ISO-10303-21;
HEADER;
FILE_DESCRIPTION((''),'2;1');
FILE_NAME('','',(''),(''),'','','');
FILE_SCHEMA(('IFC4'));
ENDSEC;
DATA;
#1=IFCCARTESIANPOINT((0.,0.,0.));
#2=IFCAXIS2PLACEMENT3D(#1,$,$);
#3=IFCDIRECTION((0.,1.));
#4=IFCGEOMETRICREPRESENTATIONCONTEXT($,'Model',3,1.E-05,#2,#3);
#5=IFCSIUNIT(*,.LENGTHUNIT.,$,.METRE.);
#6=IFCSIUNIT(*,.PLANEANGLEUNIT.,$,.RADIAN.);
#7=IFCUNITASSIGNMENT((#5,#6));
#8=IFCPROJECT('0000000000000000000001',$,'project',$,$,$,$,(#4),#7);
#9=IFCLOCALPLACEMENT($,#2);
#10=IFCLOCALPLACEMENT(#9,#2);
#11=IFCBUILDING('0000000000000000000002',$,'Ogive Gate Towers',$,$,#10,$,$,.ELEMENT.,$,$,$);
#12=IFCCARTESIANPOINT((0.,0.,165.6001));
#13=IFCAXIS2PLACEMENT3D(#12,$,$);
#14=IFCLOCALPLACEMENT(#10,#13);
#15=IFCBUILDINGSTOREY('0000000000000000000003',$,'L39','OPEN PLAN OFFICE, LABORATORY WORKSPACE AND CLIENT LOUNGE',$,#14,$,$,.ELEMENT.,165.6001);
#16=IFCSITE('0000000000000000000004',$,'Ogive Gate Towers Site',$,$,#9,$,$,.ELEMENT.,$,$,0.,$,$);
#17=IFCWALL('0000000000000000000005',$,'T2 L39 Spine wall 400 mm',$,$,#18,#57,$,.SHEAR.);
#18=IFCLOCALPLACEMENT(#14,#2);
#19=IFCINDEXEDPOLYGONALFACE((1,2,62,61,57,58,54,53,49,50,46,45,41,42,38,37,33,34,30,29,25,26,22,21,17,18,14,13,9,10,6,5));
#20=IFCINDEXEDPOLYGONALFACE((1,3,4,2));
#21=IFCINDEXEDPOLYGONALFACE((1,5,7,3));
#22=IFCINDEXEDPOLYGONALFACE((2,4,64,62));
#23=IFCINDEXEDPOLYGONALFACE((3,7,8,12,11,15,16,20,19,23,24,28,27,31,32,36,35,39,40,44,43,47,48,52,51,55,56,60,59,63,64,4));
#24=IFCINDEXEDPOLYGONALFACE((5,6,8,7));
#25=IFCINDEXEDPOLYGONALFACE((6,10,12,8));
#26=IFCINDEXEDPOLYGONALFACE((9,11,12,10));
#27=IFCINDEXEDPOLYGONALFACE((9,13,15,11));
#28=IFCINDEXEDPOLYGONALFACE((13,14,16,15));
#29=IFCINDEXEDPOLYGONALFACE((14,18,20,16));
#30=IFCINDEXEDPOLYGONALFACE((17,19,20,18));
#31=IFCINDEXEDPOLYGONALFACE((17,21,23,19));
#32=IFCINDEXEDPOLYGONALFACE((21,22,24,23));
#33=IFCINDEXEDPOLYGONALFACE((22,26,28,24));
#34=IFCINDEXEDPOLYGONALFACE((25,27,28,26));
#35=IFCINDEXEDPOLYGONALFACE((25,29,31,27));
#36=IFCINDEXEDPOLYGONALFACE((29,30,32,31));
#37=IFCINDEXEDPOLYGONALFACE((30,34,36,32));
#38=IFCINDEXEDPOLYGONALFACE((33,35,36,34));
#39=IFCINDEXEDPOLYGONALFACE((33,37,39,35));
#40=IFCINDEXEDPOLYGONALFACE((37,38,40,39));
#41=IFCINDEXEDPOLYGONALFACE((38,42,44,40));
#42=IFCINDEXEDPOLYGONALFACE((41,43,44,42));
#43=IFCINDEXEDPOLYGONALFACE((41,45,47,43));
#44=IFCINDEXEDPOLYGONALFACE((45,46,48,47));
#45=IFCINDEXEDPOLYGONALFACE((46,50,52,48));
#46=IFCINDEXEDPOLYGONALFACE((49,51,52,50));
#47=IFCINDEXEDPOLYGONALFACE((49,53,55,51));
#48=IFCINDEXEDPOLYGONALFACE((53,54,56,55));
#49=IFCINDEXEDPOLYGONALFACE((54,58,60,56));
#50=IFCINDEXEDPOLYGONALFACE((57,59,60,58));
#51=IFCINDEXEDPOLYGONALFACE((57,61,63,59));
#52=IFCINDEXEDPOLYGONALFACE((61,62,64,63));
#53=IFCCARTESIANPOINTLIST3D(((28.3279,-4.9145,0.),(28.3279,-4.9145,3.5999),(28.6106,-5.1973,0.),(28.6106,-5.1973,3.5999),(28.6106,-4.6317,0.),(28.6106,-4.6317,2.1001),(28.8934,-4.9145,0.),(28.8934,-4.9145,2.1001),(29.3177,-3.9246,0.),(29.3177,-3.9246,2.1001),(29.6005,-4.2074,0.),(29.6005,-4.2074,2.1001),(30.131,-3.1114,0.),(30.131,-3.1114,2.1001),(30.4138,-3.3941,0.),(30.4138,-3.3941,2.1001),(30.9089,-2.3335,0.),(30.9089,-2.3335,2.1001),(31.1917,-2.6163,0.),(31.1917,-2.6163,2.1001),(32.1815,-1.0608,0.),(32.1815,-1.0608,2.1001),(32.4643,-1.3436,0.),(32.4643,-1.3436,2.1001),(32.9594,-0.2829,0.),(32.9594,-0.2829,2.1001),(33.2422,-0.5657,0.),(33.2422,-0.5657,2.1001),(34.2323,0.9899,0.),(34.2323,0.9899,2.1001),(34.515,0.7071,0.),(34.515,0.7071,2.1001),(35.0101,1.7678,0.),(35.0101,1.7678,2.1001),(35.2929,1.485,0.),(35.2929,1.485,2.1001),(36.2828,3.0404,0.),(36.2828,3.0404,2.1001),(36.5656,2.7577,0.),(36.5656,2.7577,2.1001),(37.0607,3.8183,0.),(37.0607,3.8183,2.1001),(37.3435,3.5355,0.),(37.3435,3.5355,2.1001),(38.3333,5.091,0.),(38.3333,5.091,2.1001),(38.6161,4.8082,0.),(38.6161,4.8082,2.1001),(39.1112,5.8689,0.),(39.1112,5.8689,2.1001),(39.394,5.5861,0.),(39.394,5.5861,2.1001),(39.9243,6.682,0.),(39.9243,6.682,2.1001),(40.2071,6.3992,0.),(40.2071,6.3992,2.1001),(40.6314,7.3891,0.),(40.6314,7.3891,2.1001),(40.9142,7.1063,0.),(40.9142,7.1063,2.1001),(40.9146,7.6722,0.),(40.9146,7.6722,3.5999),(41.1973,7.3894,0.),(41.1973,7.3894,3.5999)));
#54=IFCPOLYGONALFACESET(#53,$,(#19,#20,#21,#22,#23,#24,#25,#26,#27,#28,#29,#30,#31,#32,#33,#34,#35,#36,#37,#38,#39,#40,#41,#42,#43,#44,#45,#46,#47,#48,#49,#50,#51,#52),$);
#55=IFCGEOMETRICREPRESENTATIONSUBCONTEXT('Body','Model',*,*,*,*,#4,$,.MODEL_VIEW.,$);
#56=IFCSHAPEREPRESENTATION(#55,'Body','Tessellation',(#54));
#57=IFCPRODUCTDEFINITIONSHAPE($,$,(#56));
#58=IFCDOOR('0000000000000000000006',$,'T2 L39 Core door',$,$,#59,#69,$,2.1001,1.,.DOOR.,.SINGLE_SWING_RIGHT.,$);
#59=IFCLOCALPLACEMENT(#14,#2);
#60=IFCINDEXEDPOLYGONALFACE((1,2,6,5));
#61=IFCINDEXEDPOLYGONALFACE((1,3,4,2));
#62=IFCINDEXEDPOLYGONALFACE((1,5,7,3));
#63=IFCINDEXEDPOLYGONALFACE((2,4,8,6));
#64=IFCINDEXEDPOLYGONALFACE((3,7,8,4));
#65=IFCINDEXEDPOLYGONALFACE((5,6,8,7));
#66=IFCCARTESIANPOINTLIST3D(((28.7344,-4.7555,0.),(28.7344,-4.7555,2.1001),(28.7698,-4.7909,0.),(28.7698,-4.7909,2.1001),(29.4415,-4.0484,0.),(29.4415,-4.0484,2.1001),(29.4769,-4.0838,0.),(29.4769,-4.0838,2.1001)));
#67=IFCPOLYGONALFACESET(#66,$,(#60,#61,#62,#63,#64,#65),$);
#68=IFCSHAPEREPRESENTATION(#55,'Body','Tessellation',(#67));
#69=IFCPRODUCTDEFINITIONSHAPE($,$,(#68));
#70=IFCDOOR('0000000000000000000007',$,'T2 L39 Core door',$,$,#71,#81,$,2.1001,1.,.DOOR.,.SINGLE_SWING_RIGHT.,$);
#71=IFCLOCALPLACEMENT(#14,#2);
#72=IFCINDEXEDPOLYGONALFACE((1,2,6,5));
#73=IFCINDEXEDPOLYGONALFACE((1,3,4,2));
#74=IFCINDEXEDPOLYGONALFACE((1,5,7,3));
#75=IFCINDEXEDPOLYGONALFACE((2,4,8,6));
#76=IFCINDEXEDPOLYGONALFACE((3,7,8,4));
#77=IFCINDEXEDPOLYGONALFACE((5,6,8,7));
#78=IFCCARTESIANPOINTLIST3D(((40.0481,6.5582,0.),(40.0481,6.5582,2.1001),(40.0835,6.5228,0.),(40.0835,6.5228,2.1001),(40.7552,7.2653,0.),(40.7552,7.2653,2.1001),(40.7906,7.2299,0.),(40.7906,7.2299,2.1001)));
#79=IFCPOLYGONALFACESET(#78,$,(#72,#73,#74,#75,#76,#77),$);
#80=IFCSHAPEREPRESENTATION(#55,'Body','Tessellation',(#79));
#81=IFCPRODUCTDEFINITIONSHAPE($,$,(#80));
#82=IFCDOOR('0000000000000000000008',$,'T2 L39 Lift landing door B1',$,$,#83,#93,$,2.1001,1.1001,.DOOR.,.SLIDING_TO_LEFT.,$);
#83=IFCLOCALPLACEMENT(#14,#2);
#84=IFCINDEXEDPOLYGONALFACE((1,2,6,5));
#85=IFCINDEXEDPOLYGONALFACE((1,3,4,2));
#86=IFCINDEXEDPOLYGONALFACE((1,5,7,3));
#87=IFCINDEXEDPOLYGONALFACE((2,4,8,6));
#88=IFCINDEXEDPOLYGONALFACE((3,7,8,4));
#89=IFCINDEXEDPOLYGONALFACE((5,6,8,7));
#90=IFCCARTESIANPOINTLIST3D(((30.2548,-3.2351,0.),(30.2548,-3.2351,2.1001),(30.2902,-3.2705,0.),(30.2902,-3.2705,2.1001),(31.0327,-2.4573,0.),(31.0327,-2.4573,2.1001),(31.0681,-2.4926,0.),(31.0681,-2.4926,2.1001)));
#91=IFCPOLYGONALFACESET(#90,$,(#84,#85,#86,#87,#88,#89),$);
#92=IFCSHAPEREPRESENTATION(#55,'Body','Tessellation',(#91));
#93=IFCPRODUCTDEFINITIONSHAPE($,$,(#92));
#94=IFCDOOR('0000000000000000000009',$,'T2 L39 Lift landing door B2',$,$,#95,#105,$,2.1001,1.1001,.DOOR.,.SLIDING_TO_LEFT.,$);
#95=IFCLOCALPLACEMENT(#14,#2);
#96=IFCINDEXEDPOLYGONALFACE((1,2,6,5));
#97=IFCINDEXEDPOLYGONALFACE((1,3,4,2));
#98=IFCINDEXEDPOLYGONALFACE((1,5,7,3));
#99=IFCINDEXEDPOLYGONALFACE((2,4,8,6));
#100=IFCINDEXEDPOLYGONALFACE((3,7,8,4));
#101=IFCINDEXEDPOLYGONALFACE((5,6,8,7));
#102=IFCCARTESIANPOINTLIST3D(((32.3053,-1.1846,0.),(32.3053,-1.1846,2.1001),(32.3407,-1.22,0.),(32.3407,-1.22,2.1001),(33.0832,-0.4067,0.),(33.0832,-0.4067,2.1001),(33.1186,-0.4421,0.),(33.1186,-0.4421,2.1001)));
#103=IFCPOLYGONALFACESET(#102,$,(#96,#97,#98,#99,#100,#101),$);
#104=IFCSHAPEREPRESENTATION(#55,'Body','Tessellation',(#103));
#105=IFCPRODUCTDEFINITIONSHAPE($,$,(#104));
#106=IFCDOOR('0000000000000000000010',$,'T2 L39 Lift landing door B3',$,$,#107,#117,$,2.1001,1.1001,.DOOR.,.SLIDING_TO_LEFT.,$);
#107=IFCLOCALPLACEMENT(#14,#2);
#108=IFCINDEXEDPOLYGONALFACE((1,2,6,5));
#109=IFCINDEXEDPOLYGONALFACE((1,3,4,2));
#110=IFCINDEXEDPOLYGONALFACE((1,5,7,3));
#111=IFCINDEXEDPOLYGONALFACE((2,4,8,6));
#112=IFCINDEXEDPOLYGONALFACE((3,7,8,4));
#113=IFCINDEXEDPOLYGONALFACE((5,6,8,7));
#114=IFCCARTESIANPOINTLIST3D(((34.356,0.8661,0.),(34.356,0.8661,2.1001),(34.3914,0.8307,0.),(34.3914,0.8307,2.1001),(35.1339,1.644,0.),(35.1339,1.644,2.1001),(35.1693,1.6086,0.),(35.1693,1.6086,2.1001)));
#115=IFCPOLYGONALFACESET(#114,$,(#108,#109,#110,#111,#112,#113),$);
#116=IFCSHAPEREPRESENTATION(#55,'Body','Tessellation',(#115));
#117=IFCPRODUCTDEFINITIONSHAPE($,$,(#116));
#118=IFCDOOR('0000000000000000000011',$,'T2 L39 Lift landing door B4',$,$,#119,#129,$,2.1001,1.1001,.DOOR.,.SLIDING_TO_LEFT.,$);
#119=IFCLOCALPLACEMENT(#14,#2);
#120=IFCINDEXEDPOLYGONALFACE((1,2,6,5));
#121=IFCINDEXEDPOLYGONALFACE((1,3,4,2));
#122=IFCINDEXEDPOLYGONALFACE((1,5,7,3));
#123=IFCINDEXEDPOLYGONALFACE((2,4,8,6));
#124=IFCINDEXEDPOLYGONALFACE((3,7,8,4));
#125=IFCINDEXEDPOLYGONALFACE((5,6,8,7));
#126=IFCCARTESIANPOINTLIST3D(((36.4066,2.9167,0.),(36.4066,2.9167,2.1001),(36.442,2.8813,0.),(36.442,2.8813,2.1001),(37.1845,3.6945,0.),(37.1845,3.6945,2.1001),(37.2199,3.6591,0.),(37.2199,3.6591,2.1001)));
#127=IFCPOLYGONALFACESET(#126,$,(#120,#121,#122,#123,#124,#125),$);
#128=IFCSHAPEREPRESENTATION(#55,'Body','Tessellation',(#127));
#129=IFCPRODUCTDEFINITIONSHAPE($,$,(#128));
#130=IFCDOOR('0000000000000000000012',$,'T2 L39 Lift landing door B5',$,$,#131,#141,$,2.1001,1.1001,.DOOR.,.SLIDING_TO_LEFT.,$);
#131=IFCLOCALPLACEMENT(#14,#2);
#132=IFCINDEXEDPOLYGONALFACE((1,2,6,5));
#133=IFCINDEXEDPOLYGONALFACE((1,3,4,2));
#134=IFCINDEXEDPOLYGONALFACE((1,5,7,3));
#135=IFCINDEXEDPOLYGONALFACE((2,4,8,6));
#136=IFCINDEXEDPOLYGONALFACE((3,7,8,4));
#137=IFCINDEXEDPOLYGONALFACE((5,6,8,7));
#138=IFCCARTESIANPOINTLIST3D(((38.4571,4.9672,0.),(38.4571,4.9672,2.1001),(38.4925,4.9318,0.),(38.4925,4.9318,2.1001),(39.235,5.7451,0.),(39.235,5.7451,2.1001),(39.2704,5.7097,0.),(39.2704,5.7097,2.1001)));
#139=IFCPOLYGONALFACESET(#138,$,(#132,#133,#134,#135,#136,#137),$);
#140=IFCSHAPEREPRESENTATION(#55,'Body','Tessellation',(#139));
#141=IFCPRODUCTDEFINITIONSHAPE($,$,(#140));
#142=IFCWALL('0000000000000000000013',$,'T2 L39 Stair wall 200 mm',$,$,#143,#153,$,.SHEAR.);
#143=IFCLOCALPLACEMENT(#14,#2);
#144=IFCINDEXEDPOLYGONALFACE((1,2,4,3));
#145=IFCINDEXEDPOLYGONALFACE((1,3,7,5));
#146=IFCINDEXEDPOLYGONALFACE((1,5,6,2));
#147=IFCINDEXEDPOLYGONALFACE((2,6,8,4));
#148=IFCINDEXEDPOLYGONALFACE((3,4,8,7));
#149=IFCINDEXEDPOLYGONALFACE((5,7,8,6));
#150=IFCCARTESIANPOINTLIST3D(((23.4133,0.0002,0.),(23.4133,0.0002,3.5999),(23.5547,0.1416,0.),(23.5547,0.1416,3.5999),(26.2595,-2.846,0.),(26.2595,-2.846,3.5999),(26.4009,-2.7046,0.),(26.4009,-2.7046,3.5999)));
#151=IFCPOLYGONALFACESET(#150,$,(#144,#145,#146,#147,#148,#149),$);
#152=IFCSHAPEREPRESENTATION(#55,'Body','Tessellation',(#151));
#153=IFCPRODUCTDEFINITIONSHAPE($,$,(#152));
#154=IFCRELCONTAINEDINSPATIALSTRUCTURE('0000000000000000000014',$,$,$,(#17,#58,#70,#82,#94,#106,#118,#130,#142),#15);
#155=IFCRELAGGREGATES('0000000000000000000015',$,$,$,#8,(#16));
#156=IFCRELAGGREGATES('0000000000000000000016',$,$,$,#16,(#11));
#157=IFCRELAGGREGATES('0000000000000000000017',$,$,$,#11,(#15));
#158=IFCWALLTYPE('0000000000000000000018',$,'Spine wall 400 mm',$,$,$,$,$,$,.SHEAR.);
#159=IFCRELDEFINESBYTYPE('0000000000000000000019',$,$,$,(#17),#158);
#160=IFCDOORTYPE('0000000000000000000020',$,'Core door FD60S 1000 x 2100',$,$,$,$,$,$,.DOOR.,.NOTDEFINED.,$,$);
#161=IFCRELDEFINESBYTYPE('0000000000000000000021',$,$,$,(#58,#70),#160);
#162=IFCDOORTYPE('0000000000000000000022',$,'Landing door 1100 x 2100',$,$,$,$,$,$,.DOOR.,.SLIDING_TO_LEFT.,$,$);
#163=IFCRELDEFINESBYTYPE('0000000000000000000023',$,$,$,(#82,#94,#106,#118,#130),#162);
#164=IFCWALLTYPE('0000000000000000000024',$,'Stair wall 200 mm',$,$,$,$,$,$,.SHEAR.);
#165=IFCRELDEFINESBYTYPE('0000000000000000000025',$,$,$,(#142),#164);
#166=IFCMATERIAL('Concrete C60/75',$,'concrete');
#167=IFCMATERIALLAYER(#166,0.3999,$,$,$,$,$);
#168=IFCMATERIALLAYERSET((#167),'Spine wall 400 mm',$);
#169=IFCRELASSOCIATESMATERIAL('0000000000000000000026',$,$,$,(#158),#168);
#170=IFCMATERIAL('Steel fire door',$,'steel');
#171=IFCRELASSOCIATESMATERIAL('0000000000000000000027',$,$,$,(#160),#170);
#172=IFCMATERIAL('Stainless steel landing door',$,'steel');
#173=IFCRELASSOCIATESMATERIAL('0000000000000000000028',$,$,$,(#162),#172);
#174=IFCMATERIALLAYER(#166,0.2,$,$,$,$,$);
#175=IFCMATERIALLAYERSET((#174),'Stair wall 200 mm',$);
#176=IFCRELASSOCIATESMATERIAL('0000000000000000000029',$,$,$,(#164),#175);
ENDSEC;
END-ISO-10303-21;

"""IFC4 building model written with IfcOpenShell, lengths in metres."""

from ifc_helpers import new_model, si_unit, direction, frame, frame_2d, origin, place, context, subcontext, project, spatial, rectangle, extrude, material, layer, layer_set, type_object, element, fill, save


model = new_model("IFC4")

# Units and contexts
model_context = context("Model", 3, precision=1e-05, world=origin(), true_north=direction((0.0, 1.0)))
body_context = subcontext(model_context, "Body", "Model", "MODEL_VIEW")
ifc_project = project(units=[si_unit("LENGTHUNIT", "METRE"), si_unit("PLANEANGLEUNIT", "RADIAN")], contexts=[model_context])

# Site, building, storey
site_placement = place(None, origin())
site = spatial("IfcSite", under=ifc_project, at=site_placement, Name="Ogive Gate Towers Site", CompositionType="ELEMENT", RefElevation=0.0)
building_placement = place(site_placement, origin())
building = spatial("IfcBuilding", under=site, at=building_placement, Name="Ogive Gate Towers", CompositionType="ELEMENT")
storey_placement = place(building_placement, frame((0.0, 0.0, 165.6001)))
storey = spatial("IfcBuildingStorey", under=building, at=storey_placement, Name="L39", Description="OPEN PLAN OFFICE, LABORATORY WORKSPACE AND CLIENT LOUNGE", CompositionType="ELEMENT", Elevation=165.6001)

# Shared definitions
ifc_material_1 = material(Name="Concrete C60/75", Category="concrete")

# Wall, openings, doors
ifc_layer_1 = layer(ifc_material_1, 0.3999)
ifc_layer_set_1 = layer_set([ifc_layer_1], Name="Spine wall 400 mm")
wall_type_1 = type_object("IfcWallType", Name="Spine wall 400 mm", PredefinedType="SHEAR", material=ifc_layer_set_1)
ifc_material_2 = material(Name="Steel fire door", Category="steel")
door_type_1 = type_object("IfcDoorType", Name="Core door FD60S 1000 x 2100", OperationType="NOTDEFINED", PredefinedType="DOOR", material=ifc_material_2)
ifc_material_3 = material(Name="Stainless steel landing door", Category="steel")
door_type_2 = type_object("IfcDoorType", Name="Landing door 1100 x 2100", OperationType="SLIDING_TO_LEFT", PredefinedType="DOOR", material=ifc_material_3)
wall_1_placement = place(storey_placement, frame((28.4692, -5.0559, 0.0), z_axis=(0.0, 0.0, 1.0), x_axis=(0.707107, 0.707107, 0.0)))
wall_1 = element("IfcWall", 1, at=wall_1_placement, inside=storey, type_object=wall_type_1, Name="T2 L39 Spine wall 400 mm", PredefinedType="SHEAR", context=body_context, shape_type="SweptSolid", body=[
    extrude(rectangle(XDim=17.8003, YDim=0.3999, at=frame_2d((8.9001, 0.0))), origin(), (0.0, 0.0, 1.0), 3.5999),
])
opening_1_placement = place(wall_1_placement, frame((0.3999, 0.0, 0.0)))
opening_1 = element("IfcOpeningElement", 2, at=opening_1_placement, cuts=wall_1, PredefinedType="OPENING", context=body_context, shape_type="SweptSolid", body=[
    extrude(rectangle(XDim=1.0, YDim=2.1001, at=frame_2d((0.5, 1.05))), frame((0.0, 0.21, 0.0), z_axis=(0.0, -1.0, 0.0), x_axis=(1.0, 0.0, 0.0)), (0.0, 0.0, 1.0), 0.4199),
])
opening_2_placement = place(wall_1_placement, frame((2.55, 0.0, 0.0)))
opening_2 = element("IfcOpeningElement", 3, at=opening_2_placement, cuts=wall_1, PredefinedType="OPENING", context=body_context, shape_type="SweptSolid", body=[
    extrude(rectangle(XDim=1.1001, YDim=2.1001, at=frame_2d((0.55, 1.05))), frame((0.0, 0.21, 0.0), z_axis=(0.0, -1.0, 0.0), x_axis=(1.0, 0.0, 0.0)), (0.0, 0.0, 1.0), 0.4199),
])
opening_3_placement = place(wall_1_placement, frame((5.45, 0.0, 0.0)))
opening_3 = element("IfcOpeningElement", 4, at=opening_3_placement, cuts=wall_1, PredefinedType="OPENING", context=body_context, shape_type="SweptSolid", body=[
    extrude(rectangle(XDim=1.1001, YDim=2.1001, at=frame_2d((0.55, 1.05))), frame((0.0, 0.21, 0.0), z_axis=(0.0, -1.0, 0.0), x_axis=(1.0, 0.0, 0.0)), (0.0, 0.0, 1.0), 0.4199),
])
opening_4_placement = place(wall_1_placement, frame((8.3501, 0.0, 0.0)))
opening_4 = element("IfcOpeningElement", 5, at=opening_4_placement, cuts=wall_1, PredefinedType="OPENING", context=body_context, shape_type="SweptSolid", body=[
    extrude(rectangle(XDim=1.1001, YDim=2.1001, at=frame_2d((0.55, 1.05))), frame((0.0, 0.21, 0.0), z_axis=(0.0, -1.0, 0.0), x_axis=(1.0, 0.0, 0.0)), (0.0, 0.0, 1.0), 0.4199),
])
opening_5_placement = place(wall_1_placement, frame((11.25, 0.0, 0.0)))
opening_5 = element("IfcOpeningElement", 6, at=opening_5_placement, cuts=wall_1, PredefinedType="OPENING", context=body_context, shape_type="SweptSolid", body=[
    extrude(rectangle(XDim=1.1001, YDim=2.1001, at=frame_2d((0.55, 1.05))), frame((0.0, 0.21, 0.0), z_axis=(0.0, -1.0, 0.0), x_axis=(1.0, 0.0, 0.0)), (0.0, 0.0, 1.0), 0.4199),
])
opening_6_placement = place(wall_1_placement, frame((14.1499, 0.0, 0.0)))
opening_6 = element("IfcOpeningElement", 7, at=opening_6_placement, cuts=wall_1, PredefinedType="OPENING", context=body_context, shape_type="SweptSolid", body=[
    extrude(rectangle(XDim=1.1001, YDim=2.1001, at=frame_2d((0.55, 1.05))), frame((0.0, 0.21, 0.0), z_axis=(0.0, -1.0, 0.0), x_axis=(1.0, 0.0, 0.0)), (0.0, 0.0, 1.0), 0.4199),
])
opening_7_placement = place(wall_1_placement, frame((16.3999, 0.0, 0.0)))
opening_7 = element("IfcOpeningElement", 8, at=opening_7_placement, cuts=wall_1, PredefinedType="OPENING", context=body_context, shape_type="SweptSolid", body=[
    extrude(rectangle(XDim=1.0, YDim=2.1001, at=frame_2d((0.5, 1.05))), frame((0.0, 0.21, 0.0), z_axis=(0.0, -1.0, 0.0), x_axis=(1.0, 0.0, 0.0)), (0.0, 0.0, 1.0), 0.4199),
])
door_1_placement = place(opening_1_placement, origin())
door_1 = element("IfcDoor", 9, at=door_1_placement, inside=storey, type_object=door_type_1, Name="T2 L39 Core door", OperationType="SINGLE_SWING_RIGHT", OverallHeight=2.1001, OverallWidth=1.0, PredefinedType="DOOR", context=body_context, shape_type="SweptSolid", body=[
    extrude(rectangle(XDim=1.0, YDim=2.1001, at=frame_2d((0.5, 1.05))), frame((0.0, 0.0249, 0.0), z_axis=(0.0, -1.0, 0.0), x_axis=(1.0, 0.0, 0.0)), (0.0, 0.0, 1.0), 0.05),
])
fill(opening_1, door_1)
door_2_placement = place(opening_7_placement, origin())
door_2 = element("IfcDoor", 10, at=door_2_placement, inside=storey, type_object=door_type_1, Name="T2 L39 Core door", OperationType="SINGLE_SWING_RIGHT", OverallHeight=2.1001, OverallWidth=1.0, PredefinedType="DOOR", context=body_context, shape_type="SweptSolid", body=[
    extrude(rectangle(XDim=1.0, YDim=2.1001, at=frame_2d((0.5, 1.05))), frame((0.0, 0.0249, 0.0), z_axis=(0.0, -1.0, 0.0), x_axis=(1.0, 0.0, 0.0)), (0.0, 0.0, 1.0), 0.05),
])
fill(opening_7, door_2)
door_3_placement = place(opening_2_placement, origin())
door_3 = element("IfcDoor", 11, at=door_3_placement, inside=storey, type_object=door_type_2, Name="T2 L39 Lift landing door B1", OperationType="SLIDING_TO_LEFT", OverallHeight=2.1001, OverallWidth=1.1001, PredefinedType="DOOR", context=body_context, shape_type="SweptSolid", body=[
    extrude(rectangle(XDim=1.1001, YDim=2.1001, at=frame_2d((0.55, 1.05))), frame((0.0, 0.0249, 0.0), z_axis=(0.0, -1.0, 0.0), x_axis=(1.0, 0.0, 0.0)), (0.0, 0.0, 1.0), 0.05),
])
fill(opening_2, door_3)
door_4_placement = place(opening_3_placement, origin())
door_4 = element("IfcDoor", 12, at=door_4_placement, inside=storey, type_object=door_type_2, Name="T2 L39 Lift landing door B2", OperationType="SLIDING_TO_LEFT", OverallHeight=2.1001, OverallWidth=1.1001, PredefinedType="DOOR", context=body_context, shape_type="SweptSolid", body=[
    extrude(rectangle(XDim=1.1001, YDim=2.1001, at=frame_2d((0.55, 1.05))), frame((0.0, 0.0249, 0.0), z_axis=(0.0, -1.0, 0.0), x_axis=(1.0, 0.0, 0.0)), (0.0, 0.0, 1.0), 0.05),
])
fill(opening_3, door_4)
door_5_placement = place(opening_4_placement, origin())
door_5 = element("IfcDoor", 13, at=door_5_placement, inside=storey, type_object=door_type_2, Name="T2 L39 Lift landing door B3", OperationType="SLIDING_TO_LEFT", OverallHeight=2.1001, OverallWidth=1.1001, PredefinedType="DOOR", context=body_context, shape_type="SweptSolid", body=[
    extrude(rectangle(XDim=1.1001, YDim=2.1001, at=frame_2d((0.55, 1.05))), frame((0.0, 0.0249, 0.0), z_axis=(0.0, -1.0, 0.0), x_axis=(1.0, 0.0, 0.0)), (0.0, 0.0, 1.0), 0.05),
])
fill(opening_4, door_5)
door_6_placement = place(opening_5_placement, origin())
door_6 = element("IfcDoor", 14, at=door_6_placement, inside=storey, type_object=door_type_2, Name="T2 L39 Lift landing door B4", OperationType="SLIDING_TO_LEFT", OverallHeight=2.1001, OverallWidth=1.1001, PredefinedType="DOOR", context=body_context, shape_type="SweptSolid", body=[
    extrude(rectangle(XDim=1.1001, YDim=2.1001, at=frame_2d((0.55, 1.05))), frame((0.0, 0.0249, 0.0), z_axis=(0.0, -1.0, 0.0), x_axis=(1.0, 0.0, 0.0)), (0.0, 0.0, 1.0), 0.05),
])
fill(opening_5, door_6)
door_7_placement = place(opening_6_placement, origin())
door_7 = element("IfcDoor", 15, at=door_7_placement, inside=storey, type_object=door_type_2, Name="T2 L39 Lift landing door B5", OperationType="SLIDING_TO_LEFT", OverallHeight=2.1001, OverallWidth=1.1001, PredefinedType="DOOR", context=body_context, shape_type="SweptSolid", body=[
    extrude(rectangle(XDim=1.1001, YDim=2.1001, at=frame_2d((0.55, 1.05))), frame((0.0, 0.0249, 0.0), z_axis=(0.0, -1.0, 0.0), x_axis=(1.0, 0.0, 0.0)), (0.0, 0.0, 1.0), 0.05),
])
fill(opening_6, door_7)

# Wall
ifc_layer_2 = layer(ifc_material_1, 0.2)
ifc_layer_set_2 = layer_set([ifc_layer_2], Name="Stair wall 200 mm")
wall_type_2 = type_object("IfcWallType", Name="Stair wall 200 mm", PredefinedType="SHEAR", material=ifc_layer_set_2)
wall_2_placement = place(storey_placement, frame((26.3303, -2.7754, 0.0), z_axis=(0.0, 0.0, 1.0), x_axis=(-0.707107, 0.707107, 0.0)))
element("IfcWall", 16, at=wall_2_placement, inside=storey, type_object=wall_type_2, Name="T2 L39 Stair wall 200 mm", PredefinedType="SHEAR", context=body_context, shape_type="SweptSolid", body=[
    extrude(rectangle(XDim=4.0251, YDim=0.2, at=frame_2d((2.0127, 0.0))), origin(), (0.0, 0.0, 1.0), 3.5999),
])

save(model, "model.ifc")
